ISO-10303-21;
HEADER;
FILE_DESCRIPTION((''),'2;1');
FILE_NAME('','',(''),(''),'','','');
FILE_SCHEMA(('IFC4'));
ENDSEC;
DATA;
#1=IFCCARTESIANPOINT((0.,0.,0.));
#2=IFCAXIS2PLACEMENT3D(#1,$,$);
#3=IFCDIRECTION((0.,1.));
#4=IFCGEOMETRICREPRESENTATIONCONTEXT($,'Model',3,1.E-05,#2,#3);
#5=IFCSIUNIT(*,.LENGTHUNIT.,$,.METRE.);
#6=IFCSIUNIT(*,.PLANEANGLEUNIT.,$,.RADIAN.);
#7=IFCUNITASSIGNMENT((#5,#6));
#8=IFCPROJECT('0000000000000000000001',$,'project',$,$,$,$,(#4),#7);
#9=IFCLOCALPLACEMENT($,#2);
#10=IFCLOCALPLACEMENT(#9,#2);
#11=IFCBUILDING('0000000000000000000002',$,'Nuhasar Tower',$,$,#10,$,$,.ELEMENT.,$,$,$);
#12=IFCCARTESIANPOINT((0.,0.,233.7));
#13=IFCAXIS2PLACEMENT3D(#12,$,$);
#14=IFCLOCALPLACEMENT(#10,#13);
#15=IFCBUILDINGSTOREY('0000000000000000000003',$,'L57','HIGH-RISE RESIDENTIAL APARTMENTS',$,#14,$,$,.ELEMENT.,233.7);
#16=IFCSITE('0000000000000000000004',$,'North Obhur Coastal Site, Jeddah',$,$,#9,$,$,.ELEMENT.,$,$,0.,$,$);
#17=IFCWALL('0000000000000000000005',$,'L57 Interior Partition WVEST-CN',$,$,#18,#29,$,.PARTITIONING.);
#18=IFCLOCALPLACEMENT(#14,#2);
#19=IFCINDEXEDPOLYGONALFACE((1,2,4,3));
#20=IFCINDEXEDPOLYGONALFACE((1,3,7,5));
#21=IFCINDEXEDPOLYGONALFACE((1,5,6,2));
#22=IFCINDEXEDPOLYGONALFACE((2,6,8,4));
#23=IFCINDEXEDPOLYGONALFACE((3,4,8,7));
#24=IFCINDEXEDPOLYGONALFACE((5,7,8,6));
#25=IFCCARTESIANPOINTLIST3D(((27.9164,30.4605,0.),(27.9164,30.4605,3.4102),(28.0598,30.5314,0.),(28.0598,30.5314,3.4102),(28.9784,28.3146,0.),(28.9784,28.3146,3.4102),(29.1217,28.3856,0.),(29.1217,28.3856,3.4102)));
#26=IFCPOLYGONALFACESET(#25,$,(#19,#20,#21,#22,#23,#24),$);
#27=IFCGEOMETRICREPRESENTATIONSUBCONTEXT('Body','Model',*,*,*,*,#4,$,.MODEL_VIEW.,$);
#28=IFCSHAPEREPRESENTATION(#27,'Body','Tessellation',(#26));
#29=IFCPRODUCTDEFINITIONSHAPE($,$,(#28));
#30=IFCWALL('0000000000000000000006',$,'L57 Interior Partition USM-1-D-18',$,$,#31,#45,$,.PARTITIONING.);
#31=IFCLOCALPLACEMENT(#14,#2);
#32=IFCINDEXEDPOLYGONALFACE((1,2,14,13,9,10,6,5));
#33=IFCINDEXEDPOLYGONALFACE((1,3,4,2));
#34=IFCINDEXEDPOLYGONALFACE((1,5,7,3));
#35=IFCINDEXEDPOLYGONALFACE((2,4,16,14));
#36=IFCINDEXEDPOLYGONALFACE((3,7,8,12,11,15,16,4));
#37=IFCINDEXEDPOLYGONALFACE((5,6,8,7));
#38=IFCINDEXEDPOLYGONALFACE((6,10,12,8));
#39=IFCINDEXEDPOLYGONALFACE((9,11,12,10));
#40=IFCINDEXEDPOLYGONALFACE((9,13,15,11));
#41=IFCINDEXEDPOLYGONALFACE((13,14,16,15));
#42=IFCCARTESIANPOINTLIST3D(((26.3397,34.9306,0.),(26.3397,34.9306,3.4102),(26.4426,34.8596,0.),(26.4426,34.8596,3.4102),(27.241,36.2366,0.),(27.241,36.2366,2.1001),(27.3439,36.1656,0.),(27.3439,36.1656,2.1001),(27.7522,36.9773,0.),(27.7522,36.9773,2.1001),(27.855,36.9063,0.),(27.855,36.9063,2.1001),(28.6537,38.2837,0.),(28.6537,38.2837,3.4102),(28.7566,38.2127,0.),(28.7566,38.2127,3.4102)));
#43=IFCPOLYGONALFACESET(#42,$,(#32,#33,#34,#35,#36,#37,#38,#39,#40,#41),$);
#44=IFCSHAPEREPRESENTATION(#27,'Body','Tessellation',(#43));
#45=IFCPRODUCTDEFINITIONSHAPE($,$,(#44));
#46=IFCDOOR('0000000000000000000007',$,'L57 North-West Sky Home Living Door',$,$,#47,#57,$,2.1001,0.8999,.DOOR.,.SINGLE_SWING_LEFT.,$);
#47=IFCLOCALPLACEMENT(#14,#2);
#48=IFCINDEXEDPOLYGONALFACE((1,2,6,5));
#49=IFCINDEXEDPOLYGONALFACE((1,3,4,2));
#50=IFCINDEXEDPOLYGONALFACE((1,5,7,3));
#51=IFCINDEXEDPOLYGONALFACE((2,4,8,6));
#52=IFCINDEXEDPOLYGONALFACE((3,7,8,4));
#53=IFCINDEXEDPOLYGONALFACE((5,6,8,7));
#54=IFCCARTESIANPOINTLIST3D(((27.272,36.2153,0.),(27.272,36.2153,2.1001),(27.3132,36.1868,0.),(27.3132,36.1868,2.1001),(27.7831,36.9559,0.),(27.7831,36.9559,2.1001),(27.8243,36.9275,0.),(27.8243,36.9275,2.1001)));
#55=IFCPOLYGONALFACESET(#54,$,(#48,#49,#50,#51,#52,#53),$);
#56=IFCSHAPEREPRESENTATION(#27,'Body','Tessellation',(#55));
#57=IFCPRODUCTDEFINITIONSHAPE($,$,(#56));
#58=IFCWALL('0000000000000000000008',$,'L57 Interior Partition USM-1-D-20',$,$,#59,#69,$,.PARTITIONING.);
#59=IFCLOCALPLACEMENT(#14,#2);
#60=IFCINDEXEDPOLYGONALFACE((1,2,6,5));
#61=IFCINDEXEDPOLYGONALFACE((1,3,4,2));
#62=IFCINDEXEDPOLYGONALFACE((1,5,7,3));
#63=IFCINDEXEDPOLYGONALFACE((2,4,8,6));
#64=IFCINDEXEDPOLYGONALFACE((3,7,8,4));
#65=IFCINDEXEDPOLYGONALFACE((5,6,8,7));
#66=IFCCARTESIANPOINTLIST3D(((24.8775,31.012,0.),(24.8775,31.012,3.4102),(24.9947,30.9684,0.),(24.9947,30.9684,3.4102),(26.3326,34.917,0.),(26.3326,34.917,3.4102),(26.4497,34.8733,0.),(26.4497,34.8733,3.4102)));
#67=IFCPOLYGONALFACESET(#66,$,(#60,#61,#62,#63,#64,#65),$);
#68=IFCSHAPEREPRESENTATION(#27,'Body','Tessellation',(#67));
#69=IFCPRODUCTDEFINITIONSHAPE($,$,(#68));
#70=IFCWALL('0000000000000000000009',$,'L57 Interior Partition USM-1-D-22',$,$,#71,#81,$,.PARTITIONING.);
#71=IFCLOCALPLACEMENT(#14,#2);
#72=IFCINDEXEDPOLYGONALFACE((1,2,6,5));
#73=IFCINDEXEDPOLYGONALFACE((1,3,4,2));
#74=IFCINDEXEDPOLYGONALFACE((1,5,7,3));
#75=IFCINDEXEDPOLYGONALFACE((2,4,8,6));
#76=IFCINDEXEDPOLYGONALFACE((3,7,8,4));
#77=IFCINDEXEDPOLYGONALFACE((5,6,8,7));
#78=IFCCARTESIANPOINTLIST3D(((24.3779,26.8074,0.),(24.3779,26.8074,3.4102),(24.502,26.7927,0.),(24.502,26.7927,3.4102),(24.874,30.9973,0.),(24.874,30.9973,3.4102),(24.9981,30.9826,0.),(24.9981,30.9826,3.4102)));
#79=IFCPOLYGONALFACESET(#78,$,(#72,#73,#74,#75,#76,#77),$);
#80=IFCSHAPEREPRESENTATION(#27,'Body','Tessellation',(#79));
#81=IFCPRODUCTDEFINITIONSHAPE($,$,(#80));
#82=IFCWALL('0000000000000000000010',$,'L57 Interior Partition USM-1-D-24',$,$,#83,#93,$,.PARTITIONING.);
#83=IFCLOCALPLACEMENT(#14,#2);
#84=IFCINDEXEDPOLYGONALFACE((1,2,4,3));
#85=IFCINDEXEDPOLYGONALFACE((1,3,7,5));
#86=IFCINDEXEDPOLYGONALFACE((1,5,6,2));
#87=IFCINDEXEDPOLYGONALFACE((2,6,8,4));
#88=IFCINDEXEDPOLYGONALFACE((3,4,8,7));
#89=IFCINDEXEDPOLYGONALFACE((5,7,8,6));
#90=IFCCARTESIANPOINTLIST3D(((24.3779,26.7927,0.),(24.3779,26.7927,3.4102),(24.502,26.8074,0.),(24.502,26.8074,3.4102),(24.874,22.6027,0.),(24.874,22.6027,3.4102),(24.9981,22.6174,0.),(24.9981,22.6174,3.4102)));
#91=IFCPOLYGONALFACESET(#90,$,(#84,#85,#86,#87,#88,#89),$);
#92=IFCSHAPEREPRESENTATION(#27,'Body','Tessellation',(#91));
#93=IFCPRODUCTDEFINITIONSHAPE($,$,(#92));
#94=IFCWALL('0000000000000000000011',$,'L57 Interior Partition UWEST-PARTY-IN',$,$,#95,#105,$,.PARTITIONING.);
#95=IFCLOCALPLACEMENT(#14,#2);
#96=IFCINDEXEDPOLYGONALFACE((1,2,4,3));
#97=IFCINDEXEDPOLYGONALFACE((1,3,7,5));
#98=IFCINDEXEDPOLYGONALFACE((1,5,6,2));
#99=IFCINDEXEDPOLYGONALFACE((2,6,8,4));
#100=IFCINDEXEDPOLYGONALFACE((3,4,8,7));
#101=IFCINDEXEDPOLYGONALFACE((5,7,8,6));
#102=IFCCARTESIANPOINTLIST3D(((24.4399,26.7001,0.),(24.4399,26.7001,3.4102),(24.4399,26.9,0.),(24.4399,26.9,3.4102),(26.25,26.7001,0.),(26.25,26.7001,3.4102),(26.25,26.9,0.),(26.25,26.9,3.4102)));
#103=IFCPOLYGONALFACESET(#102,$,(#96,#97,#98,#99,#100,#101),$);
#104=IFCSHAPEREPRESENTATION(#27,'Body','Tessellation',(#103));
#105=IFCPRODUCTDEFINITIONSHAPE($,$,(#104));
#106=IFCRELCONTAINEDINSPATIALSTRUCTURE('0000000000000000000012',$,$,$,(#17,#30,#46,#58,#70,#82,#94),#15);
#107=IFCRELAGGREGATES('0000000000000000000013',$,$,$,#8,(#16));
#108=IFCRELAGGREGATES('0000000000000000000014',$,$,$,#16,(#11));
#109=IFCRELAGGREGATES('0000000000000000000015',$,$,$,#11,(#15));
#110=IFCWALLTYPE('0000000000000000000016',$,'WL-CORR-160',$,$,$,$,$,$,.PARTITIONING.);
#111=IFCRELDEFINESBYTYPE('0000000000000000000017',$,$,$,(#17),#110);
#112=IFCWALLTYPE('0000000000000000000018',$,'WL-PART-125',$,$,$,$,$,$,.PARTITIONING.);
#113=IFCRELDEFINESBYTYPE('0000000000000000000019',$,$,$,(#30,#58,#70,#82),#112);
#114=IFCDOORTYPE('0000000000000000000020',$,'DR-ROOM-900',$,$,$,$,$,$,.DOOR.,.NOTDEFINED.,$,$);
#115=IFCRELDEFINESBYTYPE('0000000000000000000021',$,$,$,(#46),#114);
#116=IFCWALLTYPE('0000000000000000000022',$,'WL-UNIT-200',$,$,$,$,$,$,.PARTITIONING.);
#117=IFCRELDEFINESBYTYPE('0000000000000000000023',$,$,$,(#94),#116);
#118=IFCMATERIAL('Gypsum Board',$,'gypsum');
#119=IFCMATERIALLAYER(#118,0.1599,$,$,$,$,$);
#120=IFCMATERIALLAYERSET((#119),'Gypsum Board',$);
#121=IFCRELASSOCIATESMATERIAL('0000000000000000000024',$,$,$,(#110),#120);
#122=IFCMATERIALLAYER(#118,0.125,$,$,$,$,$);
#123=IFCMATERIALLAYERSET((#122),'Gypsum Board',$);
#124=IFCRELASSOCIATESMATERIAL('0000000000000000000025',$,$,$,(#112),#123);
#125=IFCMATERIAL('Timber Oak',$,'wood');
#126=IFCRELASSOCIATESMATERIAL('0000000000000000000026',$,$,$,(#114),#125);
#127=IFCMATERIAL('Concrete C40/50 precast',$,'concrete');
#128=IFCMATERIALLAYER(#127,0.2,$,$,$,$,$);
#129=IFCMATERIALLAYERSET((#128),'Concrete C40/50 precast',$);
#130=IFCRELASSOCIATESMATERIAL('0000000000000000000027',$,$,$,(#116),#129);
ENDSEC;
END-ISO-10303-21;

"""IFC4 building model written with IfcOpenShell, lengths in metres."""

from ifc_helpers import new_model, si_unit, direction, frame, frame_2d, origin, place, context, subcontext, project, spatial, rectangle, extrude, material, layer, layer_set, type_object, element, fill, save


model = new_model("IFC4")

# Units and contexts
model_context = context("Model", 3, precision=1e-05, world=origin(), true_north=direction((0.0, 1.0)))
body_context = subcontext(model_context, "Body", "Model", "MODEL_VIEW")
ifc_project = project(units=[si_unit("LENGTHUNIT", "METRE"), si_unit("PLANEANGLEUNIT", "RADIAN")], contexts=[model_context])

# Site, building, storey
site_placement = place(None, origin())
site = spatial("IfcSite", under=ifc_project, at=site_placement, Name="North Obhur Coastal Site, Jeddah", CompositionType="ELEMENT", RefElevation=0.0)
building_placement = place(site_placement, origin())
building = spatial("IfcBuilding", under=site, at=building_placement, Name="Nuhasar Tower", CompositionType="ELEMENT")
storey_placement = place(building_placement, frame((0.0, 0.0, 233.7)))
storey = spatial("IfcBuildingStorey", under=building, at=storey_placement, Name="L57", Description="HIGH-RISE RESIDENTIAL APARTMENTS", CompositionType="ELEMENT", Elevation=233.7)

# Shared definitions
ifc_material_1 = material(Name="Gypsum Board", Category="gypsum")
ifc_layer_1 = layer(ifc_material_1, 0.1599)
ifc_layer_set_1 = layer_set([ifc_layer_1], Name="Gypsum Board")
wall_type_1 = type_object("IfcWallType", Name="WL-CORR-160", PredefinedType="PARTITIONING", material=ifc_layer_set_1)
ifc_material_2 = material(Name="Timber Oak", Category="wood")

# Wall
wall_1_placement = place(storey_placement, frame((27.988, 30.4961, 0.0), z_axis=(0.0, 0.0, 1.0), x_axis=(0.443539, -0.896255, 0.0)))
element("IfcWall", 1, at=wall_1_placement, inside=storey, type_object=wall_type_1, Name="L57 Interior Partition WVEST-CN", PredefinedType="PARTITIONING", context=body_context, shape_type="SweptSolid", body=[
    extrude(rectangle(XDim=2.3943, YDim=0.1599, at=frame_2d((1.1973, 0.0))), origin(), (0.0, 0.0, 1.0), 3.4102),
])

# Wall, opening, door
ifc_layer_2 = layer(ifc_material_1, 0.125)
ifc_layer_set_2 = layer_set([ifc_layer_2], Name="Gypsum Board")
wall_type_2 = type_object("IfcWallType", Name="WL-PART-125", PredefinedType="PARTITIONING", material=ifc_layer_set_2)
wall_2_placement = place(storey_placement, frame((26.3911, 34.895, 0.0), z_axis=(0.0, 0.0, 1.0), x_axis=(0.567988, 0.823037, 0.0)))
wall_2 = element("IfcWall", 2, at=wall_2_placement, inside=storey, type_object=wall_type_2, Name="L57 Interior Partition USM-1-D-18", PredefinedType="PARTITIONING", context=body_context, shape_type="SweptSolid", body=[
    extrude(rectangle(XDim=4.074, YDim=0.125, at=frame_2d((2.0371, 0.0))), origin(), (0.0, 0.0, 1.0), 3.4102),
])
opening_1_placement = place(wall_2_placement, frame((1.5869, 0.0, 0.0)))
opening_1 = element("IfcOpeningElement", 3, at=opening_1_placement, cuts=wall_2, PredefinedType="OPENING", context=body_context, shape_type="SweptSolid", body=[
    extrude(rectangle(XDim=0.8999, YDim=2.1001, at=frame_2d((0.45, 1.05))), frame((0.0, 0.0725, 0.0), z_axis=(0.0, -1.0, 0.0), x_axis=(1.0, 0.0, 0.0)), (0.0, 0.0, 1.0), 0.145),
])
door_type_1 = type_object("IfcDoorType", Name="DR-ROOM-900", OperationType="NOTDEFINED", PredefinedType="DOOR", material=ifc_material_2)
door_1_placement = place(opening_1_placement, origin())
door_1 = element("IfcDoor", 4, at=door_1_placement, inside=storey, type_object=door_type_1, Name="L57 North-West Sky Home Living Door", OperationType="SINGLE_SWING_LEFT", OverallHeight=2.1001, OverallWidth=0.8999, PredefinedType="DOOR", context=body_context, shape_type="SweptSolid", body=[
    extrude(rectangle(XDim=0.8999, YDim=2.1001, at=frame_2d((0.45, 1.05))), frame((0.0, 0.0249, 0.0), z_axis=(0.0, -1.0, 0.0), x_axis=(1.0, 0.0, 0.0)), (0.0, 0.0, 1.0), 0.05),
])
fill(opening_1, door_1)

# Walls
wall_3_placement = place(storey_placement, frame((26.3911, 34.895, 0.0), z_axis=(0.0, 0.0, 1.0), x_axis=(-0.349165, -0.937061, 0.0)))
element("IfcWall", 5, at=wall_3_placement, inside=storey, type_object=wall_type_2, Name="L57 Interior Partition USM-1-D-20", PredefinedType="PARTITIONING", context=body_context, shape_type="SweptSolid", body=[
    extrude(rectangle(XDim=4.1672, YDim=0.125, at=frame_2d((2.0835, 0.0))), origin(), (0.0, 0.0, 1.0), 3.4102),
])
for number, where, z_axis, x_axis, name in (
    (6, (24.936, 30.99, 0.0), (0.0, 0.0, 1.0), (-0.11758, -0.993063, 0.0), "L57 Interior Partition USM-1-D-22"),
    (7, (24.4399, 26.8, 0.0), (0.0, 0.0, 1.0), (0.11758, -0.993063, 0.0), "L57 Interior Partition USM-1-D-24"),
):
    element("IfcWall", number, at=place(storey_placement, frame(where, z_axis=z_axis, x_axis=x_axis)), inside=storey, type_object=wall_type_2, Name=name, PredefinedType="PARTITIONING", context=body_context, shape_type="SweptSolid", body=[
        extrude(rectangle(XDim=4.2192, YDim=0.125, at=frame_2d((2.1096, 0.0))), origin(), (0.0, 0.0, 1.0), 3.4102),
    ])
ifc_material_3 = material(Name="Concrete C40/50 precast", Category="concrete")
ifc_layer_3 = layer(ifc_material_3, 0.2)
ifc_layer_set_3 = layer_set([ifc_layer_3], Name="Concrete C40/50 precast")
wall_type_3 = type_object("IfcWallType", Name="WL-UNIT-200", PredefinedType="PARTITIONING", material=ifc_layer_set_3)
wall_4_placement = place(storey_placement, frame((26.25, 26.8, 0.0), z_axis=(0.0, 0.0, 1.0), x_axis=(-1.0, 0.0, 0.0)))
element("IfcWall", 8, at=wall_4_placement, inside=storey, type_object=wall_type_3, Name="L57 Interior Partition UWEST-PARTY-IN", PredefinedType="PARTITIONING", context=body_context, shape_type="SweptSolid", body=[
    extrude(rectangle(XDim=1.8101, YDim=0.2, at=frame_2d((0.905, 0.0))), origin(), (0.0, 0.0, 1.0), 3.4102),
])

save(model, "model.ifc")
